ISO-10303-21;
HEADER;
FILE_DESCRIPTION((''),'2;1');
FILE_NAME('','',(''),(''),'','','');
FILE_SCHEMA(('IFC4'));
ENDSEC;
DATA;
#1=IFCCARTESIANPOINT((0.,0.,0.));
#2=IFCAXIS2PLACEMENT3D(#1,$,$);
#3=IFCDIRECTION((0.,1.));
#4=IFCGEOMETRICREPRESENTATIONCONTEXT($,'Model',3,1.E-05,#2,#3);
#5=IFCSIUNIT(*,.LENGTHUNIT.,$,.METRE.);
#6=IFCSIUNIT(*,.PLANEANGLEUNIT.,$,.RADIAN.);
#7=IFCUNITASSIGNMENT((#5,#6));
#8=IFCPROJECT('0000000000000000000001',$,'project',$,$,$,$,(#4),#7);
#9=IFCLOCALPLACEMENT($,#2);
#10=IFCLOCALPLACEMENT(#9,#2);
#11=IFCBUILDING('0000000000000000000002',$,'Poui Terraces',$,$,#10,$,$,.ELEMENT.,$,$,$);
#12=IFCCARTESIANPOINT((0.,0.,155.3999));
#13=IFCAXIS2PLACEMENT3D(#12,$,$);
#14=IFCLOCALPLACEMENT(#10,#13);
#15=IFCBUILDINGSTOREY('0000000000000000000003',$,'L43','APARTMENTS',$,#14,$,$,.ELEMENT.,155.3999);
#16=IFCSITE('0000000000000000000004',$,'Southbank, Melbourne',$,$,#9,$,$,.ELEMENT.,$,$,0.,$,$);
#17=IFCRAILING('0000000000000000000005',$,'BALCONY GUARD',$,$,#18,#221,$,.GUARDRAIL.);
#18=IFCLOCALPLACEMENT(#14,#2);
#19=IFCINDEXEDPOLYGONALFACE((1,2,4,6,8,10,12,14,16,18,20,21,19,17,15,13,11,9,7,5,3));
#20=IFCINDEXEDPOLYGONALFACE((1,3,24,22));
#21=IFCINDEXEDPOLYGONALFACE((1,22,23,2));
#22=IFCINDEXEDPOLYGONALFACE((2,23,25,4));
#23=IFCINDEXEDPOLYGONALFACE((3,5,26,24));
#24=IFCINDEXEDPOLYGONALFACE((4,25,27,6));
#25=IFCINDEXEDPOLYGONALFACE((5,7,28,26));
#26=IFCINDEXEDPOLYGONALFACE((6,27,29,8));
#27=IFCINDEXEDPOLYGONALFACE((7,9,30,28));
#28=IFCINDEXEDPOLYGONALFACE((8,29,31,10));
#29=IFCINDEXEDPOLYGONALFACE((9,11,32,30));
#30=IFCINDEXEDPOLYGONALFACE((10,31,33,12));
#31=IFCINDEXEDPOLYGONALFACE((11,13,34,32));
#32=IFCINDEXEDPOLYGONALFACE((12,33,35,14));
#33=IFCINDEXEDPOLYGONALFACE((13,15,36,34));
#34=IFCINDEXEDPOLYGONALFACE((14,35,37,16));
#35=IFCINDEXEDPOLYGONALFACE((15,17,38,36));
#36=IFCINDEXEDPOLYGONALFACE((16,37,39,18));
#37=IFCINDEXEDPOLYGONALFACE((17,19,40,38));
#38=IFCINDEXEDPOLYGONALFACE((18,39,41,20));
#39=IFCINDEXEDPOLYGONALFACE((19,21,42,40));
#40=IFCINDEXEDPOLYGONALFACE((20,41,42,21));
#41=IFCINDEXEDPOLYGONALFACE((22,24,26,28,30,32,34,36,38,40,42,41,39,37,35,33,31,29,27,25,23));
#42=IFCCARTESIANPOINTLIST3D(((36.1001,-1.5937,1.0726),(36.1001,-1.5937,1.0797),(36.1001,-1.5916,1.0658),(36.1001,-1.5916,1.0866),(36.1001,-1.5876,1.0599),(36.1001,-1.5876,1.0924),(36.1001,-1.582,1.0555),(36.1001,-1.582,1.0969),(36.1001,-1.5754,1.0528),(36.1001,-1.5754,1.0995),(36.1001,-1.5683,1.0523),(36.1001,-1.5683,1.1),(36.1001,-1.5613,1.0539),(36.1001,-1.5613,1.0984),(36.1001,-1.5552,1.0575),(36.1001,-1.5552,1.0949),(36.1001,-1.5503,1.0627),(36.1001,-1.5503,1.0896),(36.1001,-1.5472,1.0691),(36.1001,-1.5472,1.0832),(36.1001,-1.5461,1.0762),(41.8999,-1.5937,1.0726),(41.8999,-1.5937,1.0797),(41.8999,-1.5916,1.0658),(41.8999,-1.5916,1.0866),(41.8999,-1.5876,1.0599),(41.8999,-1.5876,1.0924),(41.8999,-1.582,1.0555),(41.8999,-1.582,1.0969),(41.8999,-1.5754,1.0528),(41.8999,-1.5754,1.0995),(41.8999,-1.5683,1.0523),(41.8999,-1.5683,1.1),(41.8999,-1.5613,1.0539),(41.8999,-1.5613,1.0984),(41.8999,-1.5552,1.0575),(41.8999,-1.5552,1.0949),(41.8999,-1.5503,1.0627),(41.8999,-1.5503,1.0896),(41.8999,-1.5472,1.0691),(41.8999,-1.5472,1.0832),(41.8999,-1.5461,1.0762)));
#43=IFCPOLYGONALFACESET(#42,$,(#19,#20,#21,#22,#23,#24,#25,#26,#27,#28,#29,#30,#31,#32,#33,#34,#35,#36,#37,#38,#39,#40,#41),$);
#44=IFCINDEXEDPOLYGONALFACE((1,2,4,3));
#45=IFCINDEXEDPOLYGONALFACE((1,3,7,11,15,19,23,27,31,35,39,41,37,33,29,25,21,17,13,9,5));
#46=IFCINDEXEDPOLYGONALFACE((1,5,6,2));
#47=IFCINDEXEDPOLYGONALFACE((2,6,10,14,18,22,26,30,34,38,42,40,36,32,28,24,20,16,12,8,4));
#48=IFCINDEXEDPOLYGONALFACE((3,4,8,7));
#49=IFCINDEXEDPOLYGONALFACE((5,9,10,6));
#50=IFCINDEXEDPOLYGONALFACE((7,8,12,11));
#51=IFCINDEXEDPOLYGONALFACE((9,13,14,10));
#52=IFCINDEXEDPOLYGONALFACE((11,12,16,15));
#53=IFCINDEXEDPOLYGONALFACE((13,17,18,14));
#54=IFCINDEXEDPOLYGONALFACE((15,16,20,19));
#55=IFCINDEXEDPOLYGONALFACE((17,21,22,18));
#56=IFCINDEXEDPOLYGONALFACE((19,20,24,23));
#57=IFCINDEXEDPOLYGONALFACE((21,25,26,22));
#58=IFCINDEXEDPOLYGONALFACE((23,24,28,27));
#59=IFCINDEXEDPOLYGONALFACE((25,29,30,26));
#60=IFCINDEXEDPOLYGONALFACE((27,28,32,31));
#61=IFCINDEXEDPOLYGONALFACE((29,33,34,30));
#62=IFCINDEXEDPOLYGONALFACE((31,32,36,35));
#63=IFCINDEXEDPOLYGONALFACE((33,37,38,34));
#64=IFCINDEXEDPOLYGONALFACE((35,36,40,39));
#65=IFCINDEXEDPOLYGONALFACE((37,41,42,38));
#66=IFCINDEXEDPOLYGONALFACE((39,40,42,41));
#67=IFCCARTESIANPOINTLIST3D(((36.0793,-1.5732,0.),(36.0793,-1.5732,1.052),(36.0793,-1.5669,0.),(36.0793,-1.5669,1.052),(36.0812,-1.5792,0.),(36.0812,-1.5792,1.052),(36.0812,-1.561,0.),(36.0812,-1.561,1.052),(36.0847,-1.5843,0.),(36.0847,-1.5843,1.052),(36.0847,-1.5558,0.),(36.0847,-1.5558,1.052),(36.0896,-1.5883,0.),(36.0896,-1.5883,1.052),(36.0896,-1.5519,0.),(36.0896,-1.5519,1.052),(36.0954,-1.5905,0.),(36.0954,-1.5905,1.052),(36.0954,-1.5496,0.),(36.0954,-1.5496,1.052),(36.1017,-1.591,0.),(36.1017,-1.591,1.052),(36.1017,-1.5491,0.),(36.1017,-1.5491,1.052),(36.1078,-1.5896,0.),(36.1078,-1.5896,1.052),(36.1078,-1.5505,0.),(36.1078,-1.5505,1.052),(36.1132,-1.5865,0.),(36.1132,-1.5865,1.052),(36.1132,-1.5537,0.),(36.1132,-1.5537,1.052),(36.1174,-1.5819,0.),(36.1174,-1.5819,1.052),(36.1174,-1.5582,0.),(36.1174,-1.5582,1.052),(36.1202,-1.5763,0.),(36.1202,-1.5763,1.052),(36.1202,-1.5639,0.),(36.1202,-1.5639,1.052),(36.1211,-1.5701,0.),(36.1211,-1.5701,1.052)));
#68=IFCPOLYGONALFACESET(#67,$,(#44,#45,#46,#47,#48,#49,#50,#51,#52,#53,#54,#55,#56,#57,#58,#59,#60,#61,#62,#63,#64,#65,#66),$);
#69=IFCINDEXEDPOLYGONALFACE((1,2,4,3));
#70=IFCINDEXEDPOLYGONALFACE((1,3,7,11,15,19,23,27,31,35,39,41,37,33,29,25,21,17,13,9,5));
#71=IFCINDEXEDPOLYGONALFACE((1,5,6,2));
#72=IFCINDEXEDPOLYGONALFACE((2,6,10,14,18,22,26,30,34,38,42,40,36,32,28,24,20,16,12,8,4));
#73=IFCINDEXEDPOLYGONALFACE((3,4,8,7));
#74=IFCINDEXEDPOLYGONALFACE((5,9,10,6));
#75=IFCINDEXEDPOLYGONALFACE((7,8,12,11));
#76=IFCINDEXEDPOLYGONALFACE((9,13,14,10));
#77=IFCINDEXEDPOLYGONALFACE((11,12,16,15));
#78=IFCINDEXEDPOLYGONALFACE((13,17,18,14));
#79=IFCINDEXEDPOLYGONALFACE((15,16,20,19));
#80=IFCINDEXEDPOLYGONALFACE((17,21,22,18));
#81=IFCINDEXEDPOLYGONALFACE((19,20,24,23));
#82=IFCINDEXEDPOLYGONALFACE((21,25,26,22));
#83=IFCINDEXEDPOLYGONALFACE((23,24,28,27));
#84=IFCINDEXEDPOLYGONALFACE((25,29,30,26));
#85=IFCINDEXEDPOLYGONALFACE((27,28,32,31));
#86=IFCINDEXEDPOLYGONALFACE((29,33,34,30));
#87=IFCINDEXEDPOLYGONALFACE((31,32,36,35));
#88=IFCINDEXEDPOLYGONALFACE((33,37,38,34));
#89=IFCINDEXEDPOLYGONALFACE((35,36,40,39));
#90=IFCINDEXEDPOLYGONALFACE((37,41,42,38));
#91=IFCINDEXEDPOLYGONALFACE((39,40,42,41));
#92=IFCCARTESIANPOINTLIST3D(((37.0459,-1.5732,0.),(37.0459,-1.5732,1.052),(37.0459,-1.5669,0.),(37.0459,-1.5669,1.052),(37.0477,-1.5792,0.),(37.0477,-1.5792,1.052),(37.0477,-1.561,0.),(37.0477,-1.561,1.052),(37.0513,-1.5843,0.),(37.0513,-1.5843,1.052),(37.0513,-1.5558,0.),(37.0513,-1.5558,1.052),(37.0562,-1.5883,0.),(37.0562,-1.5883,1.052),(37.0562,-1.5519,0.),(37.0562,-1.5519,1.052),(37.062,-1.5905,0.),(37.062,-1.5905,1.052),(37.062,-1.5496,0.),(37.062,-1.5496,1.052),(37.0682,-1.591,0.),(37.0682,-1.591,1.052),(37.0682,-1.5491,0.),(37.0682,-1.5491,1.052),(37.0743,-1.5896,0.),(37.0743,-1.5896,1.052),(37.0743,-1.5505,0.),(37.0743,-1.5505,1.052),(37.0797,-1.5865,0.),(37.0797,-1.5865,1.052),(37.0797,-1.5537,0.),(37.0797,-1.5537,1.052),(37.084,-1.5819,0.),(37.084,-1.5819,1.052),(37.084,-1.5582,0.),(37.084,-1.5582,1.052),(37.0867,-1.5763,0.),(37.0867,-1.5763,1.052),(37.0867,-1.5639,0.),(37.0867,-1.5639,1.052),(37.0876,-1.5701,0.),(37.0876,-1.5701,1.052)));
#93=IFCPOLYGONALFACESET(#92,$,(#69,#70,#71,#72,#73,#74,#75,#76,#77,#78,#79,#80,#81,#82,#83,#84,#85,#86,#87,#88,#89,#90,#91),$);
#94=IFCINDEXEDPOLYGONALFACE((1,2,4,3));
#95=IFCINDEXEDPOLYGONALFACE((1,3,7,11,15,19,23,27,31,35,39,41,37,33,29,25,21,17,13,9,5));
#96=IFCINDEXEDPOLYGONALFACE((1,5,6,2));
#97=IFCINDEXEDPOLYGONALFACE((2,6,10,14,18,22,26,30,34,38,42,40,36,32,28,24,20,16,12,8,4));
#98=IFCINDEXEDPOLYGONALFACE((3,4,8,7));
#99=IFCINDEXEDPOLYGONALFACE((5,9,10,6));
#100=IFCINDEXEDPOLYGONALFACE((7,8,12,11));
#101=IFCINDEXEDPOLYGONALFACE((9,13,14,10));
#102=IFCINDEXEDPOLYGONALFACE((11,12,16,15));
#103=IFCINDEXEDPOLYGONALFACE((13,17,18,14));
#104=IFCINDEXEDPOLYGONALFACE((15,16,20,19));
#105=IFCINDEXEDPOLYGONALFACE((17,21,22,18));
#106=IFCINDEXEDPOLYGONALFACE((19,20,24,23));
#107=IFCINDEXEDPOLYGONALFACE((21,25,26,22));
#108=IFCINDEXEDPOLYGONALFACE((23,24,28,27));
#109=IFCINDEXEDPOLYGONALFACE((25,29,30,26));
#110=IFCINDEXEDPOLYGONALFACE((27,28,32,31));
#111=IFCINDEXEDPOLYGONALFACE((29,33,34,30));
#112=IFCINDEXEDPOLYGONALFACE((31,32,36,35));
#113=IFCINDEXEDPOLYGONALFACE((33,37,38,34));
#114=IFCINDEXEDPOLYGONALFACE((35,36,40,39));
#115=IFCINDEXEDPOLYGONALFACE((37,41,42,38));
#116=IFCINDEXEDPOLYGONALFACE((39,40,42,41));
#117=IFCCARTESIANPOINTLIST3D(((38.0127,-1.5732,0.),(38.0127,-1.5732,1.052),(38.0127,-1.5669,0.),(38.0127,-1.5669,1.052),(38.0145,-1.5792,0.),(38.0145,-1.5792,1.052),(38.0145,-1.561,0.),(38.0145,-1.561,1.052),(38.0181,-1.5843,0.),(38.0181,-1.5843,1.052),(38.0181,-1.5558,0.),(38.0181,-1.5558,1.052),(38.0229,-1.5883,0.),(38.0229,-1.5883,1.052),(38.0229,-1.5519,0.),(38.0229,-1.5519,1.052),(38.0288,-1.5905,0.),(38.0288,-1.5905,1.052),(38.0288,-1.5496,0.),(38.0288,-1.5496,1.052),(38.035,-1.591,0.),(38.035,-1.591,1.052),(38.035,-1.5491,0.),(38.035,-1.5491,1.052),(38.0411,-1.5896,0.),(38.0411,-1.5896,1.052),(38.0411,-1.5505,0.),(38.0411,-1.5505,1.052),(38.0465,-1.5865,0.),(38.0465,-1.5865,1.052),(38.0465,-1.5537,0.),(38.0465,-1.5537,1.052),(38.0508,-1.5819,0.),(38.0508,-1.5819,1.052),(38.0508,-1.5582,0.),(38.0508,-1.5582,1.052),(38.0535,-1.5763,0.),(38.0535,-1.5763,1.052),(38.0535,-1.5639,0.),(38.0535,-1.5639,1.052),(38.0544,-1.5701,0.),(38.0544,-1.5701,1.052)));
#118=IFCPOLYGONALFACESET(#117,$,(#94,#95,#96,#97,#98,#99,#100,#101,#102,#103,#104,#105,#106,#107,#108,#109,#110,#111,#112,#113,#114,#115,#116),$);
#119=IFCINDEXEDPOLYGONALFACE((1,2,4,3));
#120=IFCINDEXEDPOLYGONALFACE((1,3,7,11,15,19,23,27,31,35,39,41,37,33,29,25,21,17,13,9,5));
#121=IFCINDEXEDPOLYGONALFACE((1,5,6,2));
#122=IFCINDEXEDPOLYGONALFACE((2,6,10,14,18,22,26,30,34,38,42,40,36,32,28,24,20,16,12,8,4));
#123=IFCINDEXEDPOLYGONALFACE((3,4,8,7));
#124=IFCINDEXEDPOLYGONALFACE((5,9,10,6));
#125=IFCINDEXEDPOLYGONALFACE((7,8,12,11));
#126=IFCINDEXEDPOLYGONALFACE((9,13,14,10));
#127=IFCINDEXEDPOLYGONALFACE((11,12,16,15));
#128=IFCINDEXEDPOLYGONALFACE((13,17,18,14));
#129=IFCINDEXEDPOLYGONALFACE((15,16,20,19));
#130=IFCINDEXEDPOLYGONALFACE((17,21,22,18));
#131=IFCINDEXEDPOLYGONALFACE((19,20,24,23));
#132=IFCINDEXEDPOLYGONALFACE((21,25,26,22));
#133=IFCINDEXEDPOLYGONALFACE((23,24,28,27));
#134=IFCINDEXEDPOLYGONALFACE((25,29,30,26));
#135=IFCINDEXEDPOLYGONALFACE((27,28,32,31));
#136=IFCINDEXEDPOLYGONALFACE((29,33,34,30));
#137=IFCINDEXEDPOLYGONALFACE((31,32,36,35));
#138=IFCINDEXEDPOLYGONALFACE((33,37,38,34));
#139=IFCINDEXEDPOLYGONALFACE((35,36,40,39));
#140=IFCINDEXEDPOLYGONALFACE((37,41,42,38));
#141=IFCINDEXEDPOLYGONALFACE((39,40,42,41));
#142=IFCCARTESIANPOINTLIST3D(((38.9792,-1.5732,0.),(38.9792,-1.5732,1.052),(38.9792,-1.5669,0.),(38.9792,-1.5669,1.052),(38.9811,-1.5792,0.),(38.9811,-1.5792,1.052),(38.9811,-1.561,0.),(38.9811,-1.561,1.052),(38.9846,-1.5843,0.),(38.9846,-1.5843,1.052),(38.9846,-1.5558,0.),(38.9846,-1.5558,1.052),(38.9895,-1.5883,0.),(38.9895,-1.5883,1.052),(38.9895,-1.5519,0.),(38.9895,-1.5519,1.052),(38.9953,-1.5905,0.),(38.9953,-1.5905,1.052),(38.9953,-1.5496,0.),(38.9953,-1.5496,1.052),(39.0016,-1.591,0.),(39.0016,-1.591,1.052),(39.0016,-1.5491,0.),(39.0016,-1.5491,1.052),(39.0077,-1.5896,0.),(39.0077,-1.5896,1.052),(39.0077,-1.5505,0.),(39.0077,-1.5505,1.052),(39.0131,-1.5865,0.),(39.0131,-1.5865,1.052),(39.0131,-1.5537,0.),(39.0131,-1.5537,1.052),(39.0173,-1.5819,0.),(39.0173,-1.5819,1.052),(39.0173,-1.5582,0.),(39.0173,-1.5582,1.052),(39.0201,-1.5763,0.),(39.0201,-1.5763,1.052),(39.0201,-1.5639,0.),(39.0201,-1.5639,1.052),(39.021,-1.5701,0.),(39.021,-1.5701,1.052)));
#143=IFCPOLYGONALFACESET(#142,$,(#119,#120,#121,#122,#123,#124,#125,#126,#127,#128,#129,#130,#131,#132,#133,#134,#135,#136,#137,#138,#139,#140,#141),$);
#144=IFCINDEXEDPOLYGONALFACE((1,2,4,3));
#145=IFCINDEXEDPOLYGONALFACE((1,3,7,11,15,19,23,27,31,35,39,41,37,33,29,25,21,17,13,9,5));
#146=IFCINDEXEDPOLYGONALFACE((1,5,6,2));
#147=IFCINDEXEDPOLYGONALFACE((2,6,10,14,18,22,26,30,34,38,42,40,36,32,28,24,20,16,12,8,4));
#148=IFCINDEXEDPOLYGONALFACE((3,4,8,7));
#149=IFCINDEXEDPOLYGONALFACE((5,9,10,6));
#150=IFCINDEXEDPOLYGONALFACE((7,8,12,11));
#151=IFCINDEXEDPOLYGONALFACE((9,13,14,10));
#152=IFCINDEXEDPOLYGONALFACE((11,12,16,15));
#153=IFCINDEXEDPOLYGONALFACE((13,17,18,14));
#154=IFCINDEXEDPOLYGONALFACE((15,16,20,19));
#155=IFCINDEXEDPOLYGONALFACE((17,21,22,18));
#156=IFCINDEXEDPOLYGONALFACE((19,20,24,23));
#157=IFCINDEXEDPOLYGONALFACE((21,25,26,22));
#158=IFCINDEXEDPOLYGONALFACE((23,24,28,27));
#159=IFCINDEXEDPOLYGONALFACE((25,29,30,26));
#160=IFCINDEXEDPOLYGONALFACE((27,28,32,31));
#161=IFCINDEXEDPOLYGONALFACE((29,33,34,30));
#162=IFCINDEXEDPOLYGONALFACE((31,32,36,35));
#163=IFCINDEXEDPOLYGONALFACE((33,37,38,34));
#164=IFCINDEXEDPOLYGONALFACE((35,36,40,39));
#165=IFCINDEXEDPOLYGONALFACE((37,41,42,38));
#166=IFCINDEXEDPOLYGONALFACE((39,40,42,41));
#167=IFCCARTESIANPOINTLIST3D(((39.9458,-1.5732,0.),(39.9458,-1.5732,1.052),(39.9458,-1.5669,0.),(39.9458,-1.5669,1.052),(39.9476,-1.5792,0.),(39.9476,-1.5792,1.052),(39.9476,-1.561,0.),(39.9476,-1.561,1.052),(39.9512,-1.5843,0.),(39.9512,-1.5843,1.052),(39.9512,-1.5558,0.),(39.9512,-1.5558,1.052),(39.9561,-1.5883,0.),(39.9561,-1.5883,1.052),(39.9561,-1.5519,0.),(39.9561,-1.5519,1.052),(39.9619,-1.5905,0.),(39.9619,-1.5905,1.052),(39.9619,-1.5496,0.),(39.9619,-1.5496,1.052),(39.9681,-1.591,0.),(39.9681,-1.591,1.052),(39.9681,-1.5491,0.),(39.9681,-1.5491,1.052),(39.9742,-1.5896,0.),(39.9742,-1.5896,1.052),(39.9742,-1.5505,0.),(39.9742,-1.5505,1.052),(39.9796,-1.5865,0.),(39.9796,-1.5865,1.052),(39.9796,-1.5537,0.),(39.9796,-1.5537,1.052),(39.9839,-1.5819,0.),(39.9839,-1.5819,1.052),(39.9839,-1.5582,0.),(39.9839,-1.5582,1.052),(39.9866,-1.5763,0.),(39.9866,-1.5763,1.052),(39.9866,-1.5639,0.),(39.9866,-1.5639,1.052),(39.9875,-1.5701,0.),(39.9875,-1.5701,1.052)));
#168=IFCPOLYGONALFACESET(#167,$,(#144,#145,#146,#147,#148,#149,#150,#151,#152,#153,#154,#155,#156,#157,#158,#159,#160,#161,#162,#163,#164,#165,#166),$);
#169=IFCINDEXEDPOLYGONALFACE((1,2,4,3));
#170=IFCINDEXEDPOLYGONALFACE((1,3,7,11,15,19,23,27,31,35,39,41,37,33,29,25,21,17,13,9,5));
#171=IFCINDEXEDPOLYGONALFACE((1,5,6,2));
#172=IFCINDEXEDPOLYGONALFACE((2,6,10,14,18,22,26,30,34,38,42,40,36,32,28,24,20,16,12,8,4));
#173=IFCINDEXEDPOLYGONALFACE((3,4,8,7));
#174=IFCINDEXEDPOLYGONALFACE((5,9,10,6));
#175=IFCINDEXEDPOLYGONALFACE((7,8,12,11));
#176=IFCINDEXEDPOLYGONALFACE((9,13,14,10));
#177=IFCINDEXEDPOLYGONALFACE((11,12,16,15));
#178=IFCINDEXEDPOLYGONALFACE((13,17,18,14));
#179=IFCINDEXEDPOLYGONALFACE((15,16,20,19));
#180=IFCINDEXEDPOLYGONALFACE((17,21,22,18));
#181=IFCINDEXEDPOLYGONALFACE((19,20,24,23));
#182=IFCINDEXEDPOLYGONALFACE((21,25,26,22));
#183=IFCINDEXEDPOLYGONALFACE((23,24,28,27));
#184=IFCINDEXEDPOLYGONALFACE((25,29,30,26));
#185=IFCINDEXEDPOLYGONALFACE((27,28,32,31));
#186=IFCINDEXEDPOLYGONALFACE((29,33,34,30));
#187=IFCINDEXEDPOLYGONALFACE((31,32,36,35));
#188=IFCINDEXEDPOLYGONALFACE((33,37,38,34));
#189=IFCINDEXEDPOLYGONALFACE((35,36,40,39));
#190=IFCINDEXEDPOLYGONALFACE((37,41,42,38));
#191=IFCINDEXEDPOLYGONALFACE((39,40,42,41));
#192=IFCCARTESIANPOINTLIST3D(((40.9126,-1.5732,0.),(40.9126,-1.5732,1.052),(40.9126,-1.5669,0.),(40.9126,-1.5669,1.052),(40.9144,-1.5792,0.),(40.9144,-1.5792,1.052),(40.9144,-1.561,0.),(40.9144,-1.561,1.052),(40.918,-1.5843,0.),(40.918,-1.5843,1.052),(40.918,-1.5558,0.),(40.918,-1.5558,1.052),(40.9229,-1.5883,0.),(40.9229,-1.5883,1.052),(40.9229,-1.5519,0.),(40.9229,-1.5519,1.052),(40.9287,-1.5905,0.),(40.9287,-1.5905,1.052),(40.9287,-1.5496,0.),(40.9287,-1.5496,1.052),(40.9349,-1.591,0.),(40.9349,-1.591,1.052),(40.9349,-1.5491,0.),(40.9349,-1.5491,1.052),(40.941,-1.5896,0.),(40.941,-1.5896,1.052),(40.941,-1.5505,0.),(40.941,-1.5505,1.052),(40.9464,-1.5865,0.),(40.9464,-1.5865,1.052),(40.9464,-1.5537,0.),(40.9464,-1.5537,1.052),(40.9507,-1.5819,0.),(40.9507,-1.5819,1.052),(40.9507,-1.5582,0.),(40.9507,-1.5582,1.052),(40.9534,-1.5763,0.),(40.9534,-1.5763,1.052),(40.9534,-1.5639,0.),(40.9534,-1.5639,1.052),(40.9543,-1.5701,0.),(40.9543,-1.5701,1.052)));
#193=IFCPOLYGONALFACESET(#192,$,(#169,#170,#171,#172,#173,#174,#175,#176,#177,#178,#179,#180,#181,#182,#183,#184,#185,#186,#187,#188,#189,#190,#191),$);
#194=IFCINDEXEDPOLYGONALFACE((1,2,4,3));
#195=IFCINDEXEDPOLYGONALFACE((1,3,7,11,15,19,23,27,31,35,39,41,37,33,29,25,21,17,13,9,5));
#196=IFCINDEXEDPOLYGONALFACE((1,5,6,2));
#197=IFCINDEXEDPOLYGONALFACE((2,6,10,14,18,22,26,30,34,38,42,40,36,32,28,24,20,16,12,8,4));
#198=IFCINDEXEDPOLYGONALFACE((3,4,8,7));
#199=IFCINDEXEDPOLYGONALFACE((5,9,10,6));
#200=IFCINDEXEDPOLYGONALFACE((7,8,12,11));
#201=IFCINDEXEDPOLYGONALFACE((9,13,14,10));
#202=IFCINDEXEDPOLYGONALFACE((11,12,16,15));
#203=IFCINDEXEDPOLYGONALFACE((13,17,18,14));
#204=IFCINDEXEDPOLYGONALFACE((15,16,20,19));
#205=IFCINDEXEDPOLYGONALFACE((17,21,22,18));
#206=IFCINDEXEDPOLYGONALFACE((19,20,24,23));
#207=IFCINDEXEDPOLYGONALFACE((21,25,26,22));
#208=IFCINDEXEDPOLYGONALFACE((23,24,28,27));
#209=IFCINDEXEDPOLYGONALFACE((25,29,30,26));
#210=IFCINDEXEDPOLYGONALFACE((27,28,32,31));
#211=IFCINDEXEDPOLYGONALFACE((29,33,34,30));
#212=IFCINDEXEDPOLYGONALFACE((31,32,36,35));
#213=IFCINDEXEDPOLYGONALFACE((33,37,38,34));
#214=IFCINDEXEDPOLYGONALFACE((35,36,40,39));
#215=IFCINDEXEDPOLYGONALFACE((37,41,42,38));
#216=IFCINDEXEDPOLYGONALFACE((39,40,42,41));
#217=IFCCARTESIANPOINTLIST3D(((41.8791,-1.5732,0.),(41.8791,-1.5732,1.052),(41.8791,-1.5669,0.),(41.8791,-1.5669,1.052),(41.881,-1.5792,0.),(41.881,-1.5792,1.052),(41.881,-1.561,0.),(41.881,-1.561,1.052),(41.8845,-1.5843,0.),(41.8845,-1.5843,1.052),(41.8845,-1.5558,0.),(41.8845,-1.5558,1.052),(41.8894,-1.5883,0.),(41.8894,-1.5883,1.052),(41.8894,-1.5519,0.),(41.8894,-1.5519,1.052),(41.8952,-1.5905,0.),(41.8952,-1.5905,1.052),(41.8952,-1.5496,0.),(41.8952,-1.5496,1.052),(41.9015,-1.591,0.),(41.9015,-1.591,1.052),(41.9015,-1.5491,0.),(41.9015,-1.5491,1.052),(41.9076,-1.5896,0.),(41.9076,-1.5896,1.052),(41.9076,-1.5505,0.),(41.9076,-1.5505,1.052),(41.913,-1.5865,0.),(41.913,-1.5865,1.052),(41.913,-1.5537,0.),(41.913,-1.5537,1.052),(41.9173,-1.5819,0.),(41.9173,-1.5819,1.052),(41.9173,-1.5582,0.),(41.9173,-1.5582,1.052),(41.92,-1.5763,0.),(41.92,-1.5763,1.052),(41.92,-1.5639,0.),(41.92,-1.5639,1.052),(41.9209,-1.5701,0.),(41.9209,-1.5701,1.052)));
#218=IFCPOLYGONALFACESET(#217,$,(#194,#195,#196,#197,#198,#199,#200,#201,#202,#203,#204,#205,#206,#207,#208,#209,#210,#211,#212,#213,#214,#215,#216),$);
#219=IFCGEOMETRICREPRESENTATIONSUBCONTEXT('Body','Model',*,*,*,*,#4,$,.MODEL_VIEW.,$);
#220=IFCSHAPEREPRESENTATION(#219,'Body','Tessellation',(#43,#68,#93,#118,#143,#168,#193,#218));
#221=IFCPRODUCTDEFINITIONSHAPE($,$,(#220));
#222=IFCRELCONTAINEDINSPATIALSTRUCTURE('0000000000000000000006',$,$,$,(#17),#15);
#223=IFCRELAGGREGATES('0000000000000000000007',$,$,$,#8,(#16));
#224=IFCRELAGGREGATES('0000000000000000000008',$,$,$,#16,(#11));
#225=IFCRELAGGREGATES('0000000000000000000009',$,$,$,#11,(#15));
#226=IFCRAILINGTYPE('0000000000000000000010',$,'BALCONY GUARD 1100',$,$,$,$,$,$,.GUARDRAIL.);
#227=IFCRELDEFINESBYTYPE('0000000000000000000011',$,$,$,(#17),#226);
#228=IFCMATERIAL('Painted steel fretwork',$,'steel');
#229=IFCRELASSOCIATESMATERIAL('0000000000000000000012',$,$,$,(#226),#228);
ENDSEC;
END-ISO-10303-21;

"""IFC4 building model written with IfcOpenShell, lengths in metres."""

from ifc_helpers import new_model, si_unit, direction, frame, origin, origin_2d, place, context, subcontext, project, spatial, circle, extrude, material, type_object, element, save


model = new_model("IFC4")

# Units and contexts
model_context = context("Model", 3, precision=1e-05, world=origin(), true_north=direction((0.0, 1.0)))
body_context = subcontext(model_context, "Body", "Model", "MODEL_VIEW")
ifc_project = project(units=[si_unit("LENGTHUNIT", "METRE"), si_unit("PLANEANGLEUNIT", "RADIAN")], contexts=[model_context])

# Site, building, storey
site_placement = place(None, origin())
site = spatial("IfcSite", under=ifc_project, at=site_placement, Name="Southbank, Melbourne", CompositionType="ELEMENT", RefElevation=0.0)
building_placement = place(site_placement, origin())
building = spatial("IfcBuilding", under=site, at=building_placement, Name="Poui Terraces", CompositionType="ELEMENT")
storey_placement = place(building_placement, frame((0.0, 0.0, 155.3999)))
storey = spatial("IfcBuildingStorey", under=building, at=storey_placement, Name="L43", Description="APARTMENTS", CompositionType="ELEMENT", Elevation=155.3999)

# Railing
ifc_material_1 = material(Name="Painted steel fretwork", Category="steel")
railing_type = type_object("IfcRailingType", Name="BALCONY GUARD 1100", PredefinedType="GUARDRAIL", material=ifc_material_1)
railing_placement = place(storey_placement, frame((36.1001, -1.5701, 0.0)))
element("IfcRailing", 1, at=railing_placement, inside=storey, type_object=railing_type, Name="BALCONY GUARD", PredefinedType="GUARDRAIL", context=body_context, shape_type="SweptSolid", body=[
    extrude(circle(Radius=0.0239, at=origin_2d()), frame((0.0, 0.0, 1.0762), z_axis=(1.0, 0.0, 0.0), x_axis=(0.0, 1.0, 0.0)), (0.0, 0.0, 1.0), 5.7998),
    extrude(circle(Radius=0.021, at=origin_2d()), origin(), (0.0, 0.0, 1.0), 1.052),
    extrude(circle(Radius=0.021, at=origin_2d()), frame((0.9666, 0.0, 0.0)), (0.0, 0.0, 1.0), 1.052),
    extrude(circle(Radius=0.021, at=origin_2d()), frame((1.9333, 0.0, 0.0)), (0.0, 0.0, 1.0), 1.052),
    extrude(circle(Radius=0.021, at=origin_2d()), frame((2.8999, 0.0, 0.0)), (0.0, 0.0, 1.0), 1.052),
    extrude(circle(Radius=0.021, at=origin_2d()), frame((3.8665, 0.0, 0.0)), (0.0, 0.0, 1.0), 1.052),
    extrude(circle(Radius=0.021, at=origin_2d()), frame((4.8333, 0.0, 0.0)), (0.0, 0.0, 1.0), 1.052),
    extrude(circle(Radius=0.021, at=origin_2d()), frame((5.7998, 0.0, 0.0)), (0.0, 0.0, 1.0), 1.052),
])

save(model, "model.ifc")
